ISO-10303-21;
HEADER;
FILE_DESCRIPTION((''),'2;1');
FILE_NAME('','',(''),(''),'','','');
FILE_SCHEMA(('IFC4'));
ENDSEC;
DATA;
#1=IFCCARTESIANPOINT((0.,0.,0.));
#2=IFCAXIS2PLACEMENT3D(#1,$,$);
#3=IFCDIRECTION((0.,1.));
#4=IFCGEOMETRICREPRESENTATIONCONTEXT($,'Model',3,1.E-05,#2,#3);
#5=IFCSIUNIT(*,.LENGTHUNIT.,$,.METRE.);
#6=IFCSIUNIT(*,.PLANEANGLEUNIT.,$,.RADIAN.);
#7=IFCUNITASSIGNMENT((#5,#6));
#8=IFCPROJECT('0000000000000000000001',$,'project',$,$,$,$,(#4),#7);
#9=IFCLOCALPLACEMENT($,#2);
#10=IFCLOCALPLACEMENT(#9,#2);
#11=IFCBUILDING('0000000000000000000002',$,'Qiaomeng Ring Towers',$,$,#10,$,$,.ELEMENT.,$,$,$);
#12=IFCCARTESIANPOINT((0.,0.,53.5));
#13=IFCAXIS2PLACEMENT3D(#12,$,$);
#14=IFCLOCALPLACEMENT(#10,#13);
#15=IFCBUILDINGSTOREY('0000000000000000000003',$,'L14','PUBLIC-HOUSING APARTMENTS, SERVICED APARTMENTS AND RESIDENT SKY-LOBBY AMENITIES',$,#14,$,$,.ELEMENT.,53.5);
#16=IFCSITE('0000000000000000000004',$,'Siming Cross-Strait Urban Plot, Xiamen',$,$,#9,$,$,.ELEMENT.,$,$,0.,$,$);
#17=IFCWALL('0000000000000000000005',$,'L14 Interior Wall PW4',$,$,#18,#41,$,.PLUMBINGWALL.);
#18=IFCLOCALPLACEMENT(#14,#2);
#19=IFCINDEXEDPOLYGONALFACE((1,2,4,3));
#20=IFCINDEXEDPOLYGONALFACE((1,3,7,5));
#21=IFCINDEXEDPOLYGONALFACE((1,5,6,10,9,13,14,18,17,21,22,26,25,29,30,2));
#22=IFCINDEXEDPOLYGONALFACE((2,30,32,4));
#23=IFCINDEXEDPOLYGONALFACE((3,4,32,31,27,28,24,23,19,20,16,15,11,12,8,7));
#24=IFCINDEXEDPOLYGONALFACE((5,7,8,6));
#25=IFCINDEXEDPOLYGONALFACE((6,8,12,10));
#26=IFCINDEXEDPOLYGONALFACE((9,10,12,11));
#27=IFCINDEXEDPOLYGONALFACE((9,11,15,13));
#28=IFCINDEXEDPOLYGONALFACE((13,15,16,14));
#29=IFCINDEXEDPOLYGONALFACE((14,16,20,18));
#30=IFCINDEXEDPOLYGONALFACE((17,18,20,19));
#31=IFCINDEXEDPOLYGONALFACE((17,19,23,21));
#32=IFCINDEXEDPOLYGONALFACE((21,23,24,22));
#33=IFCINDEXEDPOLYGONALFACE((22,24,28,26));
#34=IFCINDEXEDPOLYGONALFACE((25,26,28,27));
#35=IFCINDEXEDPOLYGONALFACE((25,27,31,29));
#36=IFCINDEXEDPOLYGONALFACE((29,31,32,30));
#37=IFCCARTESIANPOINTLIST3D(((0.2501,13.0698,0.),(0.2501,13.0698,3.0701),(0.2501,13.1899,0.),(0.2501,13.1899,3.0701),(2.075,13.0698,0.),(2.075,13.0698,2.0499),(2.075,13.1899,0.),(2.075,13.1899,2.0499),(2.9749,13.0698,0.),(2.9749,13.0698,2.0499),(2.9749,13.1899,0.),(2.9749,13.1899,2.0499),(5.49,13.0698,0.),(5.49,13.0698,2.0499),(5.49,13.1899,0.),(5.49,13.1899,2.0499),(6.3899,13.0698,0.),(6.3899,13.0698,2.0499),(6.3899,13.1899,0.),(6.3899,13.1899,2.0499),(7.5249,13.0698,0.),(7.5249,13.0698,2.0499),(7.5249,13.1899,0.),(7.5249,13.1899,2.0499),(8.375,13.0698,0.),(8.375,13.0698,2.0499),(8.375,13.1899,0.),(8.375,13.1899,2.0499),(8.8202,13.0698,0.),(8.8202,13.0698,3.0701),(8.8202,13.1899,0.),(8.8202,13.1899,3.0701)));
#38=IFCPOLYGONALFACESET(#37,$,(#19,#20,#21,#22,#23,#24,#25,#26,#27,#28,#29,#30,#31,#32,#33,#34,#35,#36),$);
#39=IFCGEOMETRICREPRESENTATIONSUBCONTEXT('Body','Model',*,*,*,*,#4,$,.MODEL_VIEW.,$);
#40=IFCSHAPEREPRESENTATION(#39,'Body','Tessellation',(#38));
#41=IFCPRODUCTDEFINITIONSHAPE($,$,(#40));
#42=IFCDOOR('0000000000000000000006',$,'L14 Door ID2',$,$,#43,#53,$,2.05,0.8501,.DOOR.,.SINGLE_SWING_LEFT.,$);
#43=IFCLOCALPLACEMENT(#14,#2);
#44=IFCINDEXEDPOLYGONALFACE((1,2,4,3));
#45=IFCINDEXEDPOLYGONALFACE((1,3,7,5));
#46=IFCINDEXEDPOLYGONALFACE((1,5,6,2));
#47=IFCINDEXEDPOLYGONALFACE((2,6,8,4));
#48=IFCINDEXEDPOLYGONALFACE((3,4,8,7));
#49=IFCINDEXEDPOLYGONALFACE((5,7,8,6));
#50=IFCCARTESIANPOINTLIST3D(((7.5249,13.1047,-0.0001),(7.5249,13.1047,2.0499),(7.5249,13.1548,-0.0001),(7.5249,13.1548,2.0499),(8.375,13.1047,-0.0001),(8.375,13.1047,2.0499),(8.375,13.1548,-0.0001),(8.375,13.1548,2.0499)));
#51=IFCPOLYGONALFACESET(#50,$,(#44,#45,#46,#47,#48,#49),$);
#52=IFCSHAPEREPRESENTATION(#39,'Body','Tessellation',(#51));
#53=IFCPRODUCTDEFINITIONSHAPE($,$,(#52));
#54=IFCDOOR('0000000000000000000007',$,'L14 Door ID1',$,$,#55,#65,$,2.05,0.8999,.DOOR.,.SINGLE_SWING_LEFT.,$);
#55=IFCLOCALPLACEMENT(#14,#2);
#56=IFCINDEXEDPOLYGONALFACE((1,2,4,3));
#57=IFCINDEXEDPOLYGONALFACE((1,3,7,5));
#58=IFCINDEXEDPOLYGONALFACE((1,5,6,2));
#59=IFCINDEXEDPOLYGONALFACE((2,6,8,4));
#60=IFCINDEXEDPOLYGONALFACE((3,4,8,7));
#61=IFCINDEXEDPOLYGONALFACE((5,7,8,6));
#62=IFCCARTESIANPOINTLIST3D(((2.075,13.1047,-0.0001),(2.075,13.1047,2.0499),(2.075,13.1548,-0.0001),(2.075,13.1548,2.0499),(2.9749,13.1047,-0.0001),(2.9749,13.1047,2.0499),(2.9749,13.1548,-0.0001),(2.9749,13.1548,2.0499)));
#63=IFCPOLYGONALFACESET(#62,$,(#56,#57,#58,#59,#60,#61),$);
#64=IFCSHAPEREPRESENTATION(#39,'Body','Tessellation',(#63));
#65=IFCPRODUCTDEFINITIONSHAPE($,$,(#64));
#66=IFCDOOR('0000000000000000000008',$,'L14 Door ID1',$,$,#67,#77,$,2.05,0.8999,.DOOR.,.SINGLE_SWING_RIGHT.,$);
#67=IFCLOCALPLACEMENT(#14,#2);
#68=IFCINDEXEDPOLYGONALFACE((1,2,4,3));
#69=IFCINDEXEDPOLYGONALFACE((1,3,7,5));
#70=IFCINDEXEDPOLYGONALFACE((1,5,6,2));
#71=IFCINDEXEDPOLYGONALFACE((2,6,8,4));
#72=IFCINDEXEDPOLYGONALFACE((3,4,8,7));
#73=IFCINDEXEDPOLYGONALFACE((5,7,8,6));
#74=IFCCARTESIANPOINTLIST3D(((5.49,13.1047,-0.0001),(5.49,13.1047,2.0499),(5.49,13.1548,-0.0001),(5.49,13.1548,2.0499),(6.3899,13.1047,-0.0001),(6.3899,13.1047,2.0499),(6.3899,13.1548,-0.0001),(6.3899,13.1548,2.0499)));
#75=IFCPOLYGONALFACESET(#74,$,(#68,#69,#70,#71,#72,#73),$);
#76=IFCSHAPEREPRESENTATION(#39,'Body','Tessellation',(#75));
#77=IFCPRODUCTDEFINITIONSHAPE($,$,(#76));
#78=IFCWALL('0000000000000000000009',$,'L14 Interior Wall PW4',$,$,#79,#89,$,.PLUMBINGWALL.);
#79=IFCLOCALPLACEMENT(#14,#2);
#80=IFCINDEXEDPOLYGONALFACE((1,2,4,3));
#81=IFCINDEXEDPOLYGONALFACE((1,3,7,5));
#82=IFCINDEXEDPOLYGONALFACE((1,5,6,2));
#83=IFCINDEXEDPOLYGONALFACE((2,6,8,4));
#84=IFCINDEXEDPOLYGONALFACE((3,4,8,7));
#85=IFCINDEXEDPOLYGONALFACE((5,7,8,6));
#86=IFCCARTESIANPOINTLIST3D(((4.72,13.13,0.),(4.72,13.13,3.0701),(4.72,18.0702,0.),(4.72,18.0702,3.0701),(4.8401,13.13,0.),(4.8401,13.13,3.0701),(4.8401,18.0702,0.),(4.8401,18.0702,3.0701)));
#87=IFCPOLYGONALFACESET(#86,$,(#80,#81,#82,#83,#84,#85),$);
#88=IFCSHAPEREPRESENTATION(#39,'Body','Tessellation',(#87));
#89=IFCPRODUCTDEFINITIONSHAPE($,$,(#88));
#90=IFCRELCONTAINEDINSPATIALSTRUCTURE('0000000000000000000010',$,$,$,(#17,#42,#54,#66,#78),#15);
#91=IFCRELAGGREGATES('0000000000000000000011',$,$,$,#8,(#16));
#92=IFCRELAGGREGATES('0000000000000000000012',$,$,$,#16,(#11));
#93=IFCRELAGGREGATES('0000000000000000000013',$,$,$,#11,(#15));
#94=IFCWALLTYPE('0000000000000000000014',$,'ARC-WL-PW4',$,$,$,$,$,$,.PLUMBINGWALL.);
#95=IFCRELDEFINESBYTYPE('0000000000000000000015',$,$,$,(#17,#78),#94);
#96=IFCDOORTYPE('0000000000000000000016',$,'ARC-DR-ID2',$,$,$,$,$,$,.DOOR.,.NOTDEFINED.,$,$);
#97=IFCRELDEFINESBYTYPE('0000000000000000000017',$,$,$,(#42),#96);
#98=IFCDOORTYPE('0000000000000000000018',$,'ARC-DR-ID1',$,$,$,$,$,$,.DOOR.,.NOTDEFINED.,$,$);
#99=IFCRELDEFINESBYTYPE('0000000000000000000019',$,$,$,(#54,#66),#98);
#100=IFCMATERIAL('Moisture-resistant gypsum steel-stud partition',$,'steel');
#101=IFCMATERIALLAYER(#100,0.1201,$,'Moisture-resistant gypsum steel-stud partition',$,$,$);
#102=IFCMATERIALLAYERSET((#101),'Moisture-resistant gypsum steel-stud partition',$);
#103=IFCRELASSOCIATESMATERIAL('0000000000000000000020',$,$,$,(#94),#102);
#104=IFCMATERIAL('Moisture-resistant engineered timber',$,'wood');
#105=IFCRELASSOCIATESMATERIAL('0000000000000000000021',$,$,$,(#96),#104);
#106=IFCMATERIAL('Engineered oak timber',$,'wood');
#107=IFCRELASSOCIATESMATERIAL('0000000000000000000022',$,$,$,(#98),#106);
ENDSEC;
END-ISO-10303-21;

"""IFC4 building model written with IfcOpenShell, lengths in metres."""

from ifc_helpers import new_model, si_unit, direction, frame, frame_2d, origin, place, context, subcontext, project, spatial, rectangle, extrude, source, transform, mapped, material, layer, layer_set, type_object, element, fill, save


model = new_model("IFC4")

# Units and contexts
model_context = context("Model", 3, precision=1e-05, world=origin(), true_north=direction((0.0, 1.0)))
body_context = subcontext(model_context, "Body", "Model", "MODEL_VIEW")
ifc_project = project(units=[si_unit("LENGTHUNIT", "METRE"), si_unit("PLANEANGLEUNIT", "RADIAN")], contexts=[model_context])

# Site, building, storey
site_placement = place(None, origin())
site = spatial("IfcSite", under=ifc_project, at=site_placement, Name="Siming Cross-Strait Urban Plot, Xiamen", CompositionType="ELEMENT", RefElevation=0.0)
building_placement = place(site_placement, origin())
building = spatial("IfcBuilding", under=site, at=building_placement, Name="Qiaomeng Ring Towers", CompositionType="ELEMENT")
storey_placement = place(building_placement, frame((0.0, 0.0, 53.5)))
storey = spatial("IfcBuildingStorey", under=building, at=storey_placement, Name="L14", Description="PUBLIC-HOUSING APARTMENTS, SERVICED APARTMENTS AND RESIDENT SKY-LOBBY AMENITIES", CompositionType="ELEMENT", Elevation=53.5)

# Wall, openings, doors
ifc_material_1 = material(Name="Moisture-resistant gypsum steel-stud partition", Category="steel")
ifc_layer_1 = layer(ifc_material_1, 0.1201, Name="Moisture-resistant gypsum steel-stud partition")
ifc_layer_set_1 = layer_set([ifc_layer_1], Name="Moisture-resistant gypsum steel-stud partition")
wall_type_1 = type_object("IfcWallType", Name="ARC-WL-PW4", PredefinedType="PLUMBINGWALL", material=ifc_layer_set_1)
wall_1_placement = place(storey_placement, frame((0.25, 13.1299, 0.0), z_axis=(0.0, 0.0, 1.0), x_axis=(1.0, 0.0, 0.0)))
wall_1 = element("IfcWall", 1, at=wall_1_placement, inside=storey, type_object=wall_type_1, Name="L14 Interior Wall PW4", PredefinedType="PLUMBINGWALL", context=body_context, shape_type="SweptSolid", body=[
    extrude(rectangle(XDim=8.5701, YDim=0.1201, at=frame_2d((4.2852, 0.0))), origin(), (0.0, 0.0, 1.0), 3.0701),
])
opening_1_placement = place(wall_1_placement, frame((1.825, 0.0, 0.0)))
opening_1 = element("IfcOpeningElement", 2, at=opening_1_placement, cuts=wall_1, PredefinedType="OPENING", context=body_context, shape_type="SweptSolid", body=[
    extrude(rectangle(XDim=0.8999, YDim=2.05, at=frame_2d((0.45, 1.0249))), frame((0.0, 0.0701, 0.0), z_axis=(0.0, -1.0, 0.0), x_axis=(1.0, 0.0, 0.0)), (0.0, 0.0, 1.0), 0.1401),
])
opening_2_placement = place(wall_1_placement, frame((5.24, 0.0, 0.0)))
opening_2 = element("IfcOpeningElement", 3, at=opening_2_placement, cuts=wall_1, PredefinedType="OPENING", context=body_context, shape_type="SweptSolid", body=[
    extrude(rectangle(XDim=0.8999, YDim=2.05, at=frame_2d((0.45, 1.0249))), frame((0.0, 0.0701, 0.0), z_axis=(0.0, -1.0, 0.0), x_axis=(1.0, 0.0, 0.0)), (0.0, 0.0, 1.0), 0.1401),
])
opening_3_placement = place(wall_1_placement, frame((7.2749, 0.0, 0.0)))
opening_3 = element("IfcOpeningElement", 4, at=opening_3_placement, cuts=wall_1, PredefinedType="OPENING", context=body_context, shape_type="SweptSolid", body=[
    extrude(rectangle(XDim=0.8501, YDim=2.05, at=frame_2d((0.425, 1.0249))), frame((0.0, 0.0701, 0.0), z_axis=(0.0, -1.0, 0.0), x_axis=(1.0, 0.0, 0.0)), (0.0, 0.0, 1.0), 0.1401),
])
ifc_material_2 = material(Name="Moisture-resistant engineered timber", Category="wood")
door_type_1 = type_object("IfcDoorType", Name="ARC-DR-ID2", OperationType="NOTDEFINED", PredefinedType="DOOR", material=ifc_material_2)
shared_shape_1 = source(origin(), body_context, "Body", "SweptSolid", [
    extrude(rectangle(XDim=0.8501, YDim=2.05, at=frame_2d((0.425, 1.0249))), frame((0.0, 0.0249, 0.0), z_axis=(0.0, -1.0, 0.0), x_axis=(1.0, 0.0, 0.0)), (0.0, 0.0, 1.0), 0.05),
])
door_1_placement = place(opening_3_placement, origin())
door_1 = element("IfcDoor", 5, at=door_1_placement, inside=storey, type_object=door_type_1, Name="L14 Door ID2", OperationType="SINGLE_SWING_LEFT", OverallHeight=2.05, OverallWidth=0.8501, PredefinedType="DOOR", context=body_context, shape_type="MappedRepresentation", body=[
    mapped(shared_shape_1, transform((0.0, 0.0, 0.0), x_axis=(1.0, 0.0, 0.0), y_axis=(0.0, 1.0, 0.0), z_axis=(0.0, 0.0, 1.0), scale=1.0)),
])
fill(opening_3, door_1)
ifc_material_3 = material(Name="Engineered oak timber", Category="wood")
door_type_2 = type_object("IfcDoorType", Name="ARC-DR-ID1", OperationType="NOTDEFINED", PredefinedType="DOOR", material=ifc_material_3)
shared_shape_2 = source(origin(), body_context, "Body", "SweptSolid", [
    extrude(rectangle(XDim=0.8999, YDim=2.05, at=frame_2d((0.45, 1.0249))), frame((0.0, 0.0249, 0.0), z_axis=(0.0, -1.0, 0.0), x_axis=(1.0, 0.0, 0.0)), (0.0, 0.0, 1.0), 0.05),
])
door_2_placement = place(opening_1_placement, origin())
door_2 = element("IfcDoor", 6, at=door_2_placement, inside=storey, type_object=door_type_2, Name="L14 Door ID1", OperationType="SINGLE_SWING_LEFT", OverallHeight=2.05, OverallWidth=0.8999, PredefinedType="DOOR", context=body_context, shape_type="MappedRepresentation", body=[
    mapped(shared_shape_2, transform((0.0, 0.0, 0.0), x_axis=(1.0, 0.0, 0.0), y_axis=(0.0, 1.0, 0.0), z_axis=(0.0, 0.0, 1.0), scale=1.0)),
])
fill(opening_1, door_2)
door_3_placement = place(opening_2_placement, origin())
door_3 = element("IfcDoor", 7, at=door_3_placement, inside=storey, type_object=door_type_2, Name="L14 Door ID1", OperationType="SINGLE_SWING_RIGHT", OverallHeight=2.05, OverallWidth=0.8999, PredefinedType="DOOR", context=body_context, shape_type="MappedRepresentation", body=[
    mapped(shared_shape_2, transform((0.0, 0.0, 0.0), x_axis=(1.0, 0.0, 0.0), y_axis=(0.0, 1.0, 0.0), z_axis=(0.0, 0.0, 1.0), scale=1.0)),
])
fill(opening_2, door_3)

# Wall
wall_2_placement = place(storey_placement, frame((4.78, 13.1299, 0.0), z_axis=(0.0, 0.0, 1.0), x_axis=(0.0, 1.0, 0.0)))
element("IfcWall", 8, at=wall_2_placement, inside=storey, type_object=wall_type_1, Name="L14 Interior Wall PW4", PredefinedType="PLUMBINGWALL", context=body_context, shape_type="SweptSolid", body=[
    extrude(rectangle(XDim=4.9402, YDim=0.1201, at=frame_2d((2.4702, 0.0))), origin(), (0.0, 0.0, 1.0), 3.0701),
])

save(model, "model.ifc")
